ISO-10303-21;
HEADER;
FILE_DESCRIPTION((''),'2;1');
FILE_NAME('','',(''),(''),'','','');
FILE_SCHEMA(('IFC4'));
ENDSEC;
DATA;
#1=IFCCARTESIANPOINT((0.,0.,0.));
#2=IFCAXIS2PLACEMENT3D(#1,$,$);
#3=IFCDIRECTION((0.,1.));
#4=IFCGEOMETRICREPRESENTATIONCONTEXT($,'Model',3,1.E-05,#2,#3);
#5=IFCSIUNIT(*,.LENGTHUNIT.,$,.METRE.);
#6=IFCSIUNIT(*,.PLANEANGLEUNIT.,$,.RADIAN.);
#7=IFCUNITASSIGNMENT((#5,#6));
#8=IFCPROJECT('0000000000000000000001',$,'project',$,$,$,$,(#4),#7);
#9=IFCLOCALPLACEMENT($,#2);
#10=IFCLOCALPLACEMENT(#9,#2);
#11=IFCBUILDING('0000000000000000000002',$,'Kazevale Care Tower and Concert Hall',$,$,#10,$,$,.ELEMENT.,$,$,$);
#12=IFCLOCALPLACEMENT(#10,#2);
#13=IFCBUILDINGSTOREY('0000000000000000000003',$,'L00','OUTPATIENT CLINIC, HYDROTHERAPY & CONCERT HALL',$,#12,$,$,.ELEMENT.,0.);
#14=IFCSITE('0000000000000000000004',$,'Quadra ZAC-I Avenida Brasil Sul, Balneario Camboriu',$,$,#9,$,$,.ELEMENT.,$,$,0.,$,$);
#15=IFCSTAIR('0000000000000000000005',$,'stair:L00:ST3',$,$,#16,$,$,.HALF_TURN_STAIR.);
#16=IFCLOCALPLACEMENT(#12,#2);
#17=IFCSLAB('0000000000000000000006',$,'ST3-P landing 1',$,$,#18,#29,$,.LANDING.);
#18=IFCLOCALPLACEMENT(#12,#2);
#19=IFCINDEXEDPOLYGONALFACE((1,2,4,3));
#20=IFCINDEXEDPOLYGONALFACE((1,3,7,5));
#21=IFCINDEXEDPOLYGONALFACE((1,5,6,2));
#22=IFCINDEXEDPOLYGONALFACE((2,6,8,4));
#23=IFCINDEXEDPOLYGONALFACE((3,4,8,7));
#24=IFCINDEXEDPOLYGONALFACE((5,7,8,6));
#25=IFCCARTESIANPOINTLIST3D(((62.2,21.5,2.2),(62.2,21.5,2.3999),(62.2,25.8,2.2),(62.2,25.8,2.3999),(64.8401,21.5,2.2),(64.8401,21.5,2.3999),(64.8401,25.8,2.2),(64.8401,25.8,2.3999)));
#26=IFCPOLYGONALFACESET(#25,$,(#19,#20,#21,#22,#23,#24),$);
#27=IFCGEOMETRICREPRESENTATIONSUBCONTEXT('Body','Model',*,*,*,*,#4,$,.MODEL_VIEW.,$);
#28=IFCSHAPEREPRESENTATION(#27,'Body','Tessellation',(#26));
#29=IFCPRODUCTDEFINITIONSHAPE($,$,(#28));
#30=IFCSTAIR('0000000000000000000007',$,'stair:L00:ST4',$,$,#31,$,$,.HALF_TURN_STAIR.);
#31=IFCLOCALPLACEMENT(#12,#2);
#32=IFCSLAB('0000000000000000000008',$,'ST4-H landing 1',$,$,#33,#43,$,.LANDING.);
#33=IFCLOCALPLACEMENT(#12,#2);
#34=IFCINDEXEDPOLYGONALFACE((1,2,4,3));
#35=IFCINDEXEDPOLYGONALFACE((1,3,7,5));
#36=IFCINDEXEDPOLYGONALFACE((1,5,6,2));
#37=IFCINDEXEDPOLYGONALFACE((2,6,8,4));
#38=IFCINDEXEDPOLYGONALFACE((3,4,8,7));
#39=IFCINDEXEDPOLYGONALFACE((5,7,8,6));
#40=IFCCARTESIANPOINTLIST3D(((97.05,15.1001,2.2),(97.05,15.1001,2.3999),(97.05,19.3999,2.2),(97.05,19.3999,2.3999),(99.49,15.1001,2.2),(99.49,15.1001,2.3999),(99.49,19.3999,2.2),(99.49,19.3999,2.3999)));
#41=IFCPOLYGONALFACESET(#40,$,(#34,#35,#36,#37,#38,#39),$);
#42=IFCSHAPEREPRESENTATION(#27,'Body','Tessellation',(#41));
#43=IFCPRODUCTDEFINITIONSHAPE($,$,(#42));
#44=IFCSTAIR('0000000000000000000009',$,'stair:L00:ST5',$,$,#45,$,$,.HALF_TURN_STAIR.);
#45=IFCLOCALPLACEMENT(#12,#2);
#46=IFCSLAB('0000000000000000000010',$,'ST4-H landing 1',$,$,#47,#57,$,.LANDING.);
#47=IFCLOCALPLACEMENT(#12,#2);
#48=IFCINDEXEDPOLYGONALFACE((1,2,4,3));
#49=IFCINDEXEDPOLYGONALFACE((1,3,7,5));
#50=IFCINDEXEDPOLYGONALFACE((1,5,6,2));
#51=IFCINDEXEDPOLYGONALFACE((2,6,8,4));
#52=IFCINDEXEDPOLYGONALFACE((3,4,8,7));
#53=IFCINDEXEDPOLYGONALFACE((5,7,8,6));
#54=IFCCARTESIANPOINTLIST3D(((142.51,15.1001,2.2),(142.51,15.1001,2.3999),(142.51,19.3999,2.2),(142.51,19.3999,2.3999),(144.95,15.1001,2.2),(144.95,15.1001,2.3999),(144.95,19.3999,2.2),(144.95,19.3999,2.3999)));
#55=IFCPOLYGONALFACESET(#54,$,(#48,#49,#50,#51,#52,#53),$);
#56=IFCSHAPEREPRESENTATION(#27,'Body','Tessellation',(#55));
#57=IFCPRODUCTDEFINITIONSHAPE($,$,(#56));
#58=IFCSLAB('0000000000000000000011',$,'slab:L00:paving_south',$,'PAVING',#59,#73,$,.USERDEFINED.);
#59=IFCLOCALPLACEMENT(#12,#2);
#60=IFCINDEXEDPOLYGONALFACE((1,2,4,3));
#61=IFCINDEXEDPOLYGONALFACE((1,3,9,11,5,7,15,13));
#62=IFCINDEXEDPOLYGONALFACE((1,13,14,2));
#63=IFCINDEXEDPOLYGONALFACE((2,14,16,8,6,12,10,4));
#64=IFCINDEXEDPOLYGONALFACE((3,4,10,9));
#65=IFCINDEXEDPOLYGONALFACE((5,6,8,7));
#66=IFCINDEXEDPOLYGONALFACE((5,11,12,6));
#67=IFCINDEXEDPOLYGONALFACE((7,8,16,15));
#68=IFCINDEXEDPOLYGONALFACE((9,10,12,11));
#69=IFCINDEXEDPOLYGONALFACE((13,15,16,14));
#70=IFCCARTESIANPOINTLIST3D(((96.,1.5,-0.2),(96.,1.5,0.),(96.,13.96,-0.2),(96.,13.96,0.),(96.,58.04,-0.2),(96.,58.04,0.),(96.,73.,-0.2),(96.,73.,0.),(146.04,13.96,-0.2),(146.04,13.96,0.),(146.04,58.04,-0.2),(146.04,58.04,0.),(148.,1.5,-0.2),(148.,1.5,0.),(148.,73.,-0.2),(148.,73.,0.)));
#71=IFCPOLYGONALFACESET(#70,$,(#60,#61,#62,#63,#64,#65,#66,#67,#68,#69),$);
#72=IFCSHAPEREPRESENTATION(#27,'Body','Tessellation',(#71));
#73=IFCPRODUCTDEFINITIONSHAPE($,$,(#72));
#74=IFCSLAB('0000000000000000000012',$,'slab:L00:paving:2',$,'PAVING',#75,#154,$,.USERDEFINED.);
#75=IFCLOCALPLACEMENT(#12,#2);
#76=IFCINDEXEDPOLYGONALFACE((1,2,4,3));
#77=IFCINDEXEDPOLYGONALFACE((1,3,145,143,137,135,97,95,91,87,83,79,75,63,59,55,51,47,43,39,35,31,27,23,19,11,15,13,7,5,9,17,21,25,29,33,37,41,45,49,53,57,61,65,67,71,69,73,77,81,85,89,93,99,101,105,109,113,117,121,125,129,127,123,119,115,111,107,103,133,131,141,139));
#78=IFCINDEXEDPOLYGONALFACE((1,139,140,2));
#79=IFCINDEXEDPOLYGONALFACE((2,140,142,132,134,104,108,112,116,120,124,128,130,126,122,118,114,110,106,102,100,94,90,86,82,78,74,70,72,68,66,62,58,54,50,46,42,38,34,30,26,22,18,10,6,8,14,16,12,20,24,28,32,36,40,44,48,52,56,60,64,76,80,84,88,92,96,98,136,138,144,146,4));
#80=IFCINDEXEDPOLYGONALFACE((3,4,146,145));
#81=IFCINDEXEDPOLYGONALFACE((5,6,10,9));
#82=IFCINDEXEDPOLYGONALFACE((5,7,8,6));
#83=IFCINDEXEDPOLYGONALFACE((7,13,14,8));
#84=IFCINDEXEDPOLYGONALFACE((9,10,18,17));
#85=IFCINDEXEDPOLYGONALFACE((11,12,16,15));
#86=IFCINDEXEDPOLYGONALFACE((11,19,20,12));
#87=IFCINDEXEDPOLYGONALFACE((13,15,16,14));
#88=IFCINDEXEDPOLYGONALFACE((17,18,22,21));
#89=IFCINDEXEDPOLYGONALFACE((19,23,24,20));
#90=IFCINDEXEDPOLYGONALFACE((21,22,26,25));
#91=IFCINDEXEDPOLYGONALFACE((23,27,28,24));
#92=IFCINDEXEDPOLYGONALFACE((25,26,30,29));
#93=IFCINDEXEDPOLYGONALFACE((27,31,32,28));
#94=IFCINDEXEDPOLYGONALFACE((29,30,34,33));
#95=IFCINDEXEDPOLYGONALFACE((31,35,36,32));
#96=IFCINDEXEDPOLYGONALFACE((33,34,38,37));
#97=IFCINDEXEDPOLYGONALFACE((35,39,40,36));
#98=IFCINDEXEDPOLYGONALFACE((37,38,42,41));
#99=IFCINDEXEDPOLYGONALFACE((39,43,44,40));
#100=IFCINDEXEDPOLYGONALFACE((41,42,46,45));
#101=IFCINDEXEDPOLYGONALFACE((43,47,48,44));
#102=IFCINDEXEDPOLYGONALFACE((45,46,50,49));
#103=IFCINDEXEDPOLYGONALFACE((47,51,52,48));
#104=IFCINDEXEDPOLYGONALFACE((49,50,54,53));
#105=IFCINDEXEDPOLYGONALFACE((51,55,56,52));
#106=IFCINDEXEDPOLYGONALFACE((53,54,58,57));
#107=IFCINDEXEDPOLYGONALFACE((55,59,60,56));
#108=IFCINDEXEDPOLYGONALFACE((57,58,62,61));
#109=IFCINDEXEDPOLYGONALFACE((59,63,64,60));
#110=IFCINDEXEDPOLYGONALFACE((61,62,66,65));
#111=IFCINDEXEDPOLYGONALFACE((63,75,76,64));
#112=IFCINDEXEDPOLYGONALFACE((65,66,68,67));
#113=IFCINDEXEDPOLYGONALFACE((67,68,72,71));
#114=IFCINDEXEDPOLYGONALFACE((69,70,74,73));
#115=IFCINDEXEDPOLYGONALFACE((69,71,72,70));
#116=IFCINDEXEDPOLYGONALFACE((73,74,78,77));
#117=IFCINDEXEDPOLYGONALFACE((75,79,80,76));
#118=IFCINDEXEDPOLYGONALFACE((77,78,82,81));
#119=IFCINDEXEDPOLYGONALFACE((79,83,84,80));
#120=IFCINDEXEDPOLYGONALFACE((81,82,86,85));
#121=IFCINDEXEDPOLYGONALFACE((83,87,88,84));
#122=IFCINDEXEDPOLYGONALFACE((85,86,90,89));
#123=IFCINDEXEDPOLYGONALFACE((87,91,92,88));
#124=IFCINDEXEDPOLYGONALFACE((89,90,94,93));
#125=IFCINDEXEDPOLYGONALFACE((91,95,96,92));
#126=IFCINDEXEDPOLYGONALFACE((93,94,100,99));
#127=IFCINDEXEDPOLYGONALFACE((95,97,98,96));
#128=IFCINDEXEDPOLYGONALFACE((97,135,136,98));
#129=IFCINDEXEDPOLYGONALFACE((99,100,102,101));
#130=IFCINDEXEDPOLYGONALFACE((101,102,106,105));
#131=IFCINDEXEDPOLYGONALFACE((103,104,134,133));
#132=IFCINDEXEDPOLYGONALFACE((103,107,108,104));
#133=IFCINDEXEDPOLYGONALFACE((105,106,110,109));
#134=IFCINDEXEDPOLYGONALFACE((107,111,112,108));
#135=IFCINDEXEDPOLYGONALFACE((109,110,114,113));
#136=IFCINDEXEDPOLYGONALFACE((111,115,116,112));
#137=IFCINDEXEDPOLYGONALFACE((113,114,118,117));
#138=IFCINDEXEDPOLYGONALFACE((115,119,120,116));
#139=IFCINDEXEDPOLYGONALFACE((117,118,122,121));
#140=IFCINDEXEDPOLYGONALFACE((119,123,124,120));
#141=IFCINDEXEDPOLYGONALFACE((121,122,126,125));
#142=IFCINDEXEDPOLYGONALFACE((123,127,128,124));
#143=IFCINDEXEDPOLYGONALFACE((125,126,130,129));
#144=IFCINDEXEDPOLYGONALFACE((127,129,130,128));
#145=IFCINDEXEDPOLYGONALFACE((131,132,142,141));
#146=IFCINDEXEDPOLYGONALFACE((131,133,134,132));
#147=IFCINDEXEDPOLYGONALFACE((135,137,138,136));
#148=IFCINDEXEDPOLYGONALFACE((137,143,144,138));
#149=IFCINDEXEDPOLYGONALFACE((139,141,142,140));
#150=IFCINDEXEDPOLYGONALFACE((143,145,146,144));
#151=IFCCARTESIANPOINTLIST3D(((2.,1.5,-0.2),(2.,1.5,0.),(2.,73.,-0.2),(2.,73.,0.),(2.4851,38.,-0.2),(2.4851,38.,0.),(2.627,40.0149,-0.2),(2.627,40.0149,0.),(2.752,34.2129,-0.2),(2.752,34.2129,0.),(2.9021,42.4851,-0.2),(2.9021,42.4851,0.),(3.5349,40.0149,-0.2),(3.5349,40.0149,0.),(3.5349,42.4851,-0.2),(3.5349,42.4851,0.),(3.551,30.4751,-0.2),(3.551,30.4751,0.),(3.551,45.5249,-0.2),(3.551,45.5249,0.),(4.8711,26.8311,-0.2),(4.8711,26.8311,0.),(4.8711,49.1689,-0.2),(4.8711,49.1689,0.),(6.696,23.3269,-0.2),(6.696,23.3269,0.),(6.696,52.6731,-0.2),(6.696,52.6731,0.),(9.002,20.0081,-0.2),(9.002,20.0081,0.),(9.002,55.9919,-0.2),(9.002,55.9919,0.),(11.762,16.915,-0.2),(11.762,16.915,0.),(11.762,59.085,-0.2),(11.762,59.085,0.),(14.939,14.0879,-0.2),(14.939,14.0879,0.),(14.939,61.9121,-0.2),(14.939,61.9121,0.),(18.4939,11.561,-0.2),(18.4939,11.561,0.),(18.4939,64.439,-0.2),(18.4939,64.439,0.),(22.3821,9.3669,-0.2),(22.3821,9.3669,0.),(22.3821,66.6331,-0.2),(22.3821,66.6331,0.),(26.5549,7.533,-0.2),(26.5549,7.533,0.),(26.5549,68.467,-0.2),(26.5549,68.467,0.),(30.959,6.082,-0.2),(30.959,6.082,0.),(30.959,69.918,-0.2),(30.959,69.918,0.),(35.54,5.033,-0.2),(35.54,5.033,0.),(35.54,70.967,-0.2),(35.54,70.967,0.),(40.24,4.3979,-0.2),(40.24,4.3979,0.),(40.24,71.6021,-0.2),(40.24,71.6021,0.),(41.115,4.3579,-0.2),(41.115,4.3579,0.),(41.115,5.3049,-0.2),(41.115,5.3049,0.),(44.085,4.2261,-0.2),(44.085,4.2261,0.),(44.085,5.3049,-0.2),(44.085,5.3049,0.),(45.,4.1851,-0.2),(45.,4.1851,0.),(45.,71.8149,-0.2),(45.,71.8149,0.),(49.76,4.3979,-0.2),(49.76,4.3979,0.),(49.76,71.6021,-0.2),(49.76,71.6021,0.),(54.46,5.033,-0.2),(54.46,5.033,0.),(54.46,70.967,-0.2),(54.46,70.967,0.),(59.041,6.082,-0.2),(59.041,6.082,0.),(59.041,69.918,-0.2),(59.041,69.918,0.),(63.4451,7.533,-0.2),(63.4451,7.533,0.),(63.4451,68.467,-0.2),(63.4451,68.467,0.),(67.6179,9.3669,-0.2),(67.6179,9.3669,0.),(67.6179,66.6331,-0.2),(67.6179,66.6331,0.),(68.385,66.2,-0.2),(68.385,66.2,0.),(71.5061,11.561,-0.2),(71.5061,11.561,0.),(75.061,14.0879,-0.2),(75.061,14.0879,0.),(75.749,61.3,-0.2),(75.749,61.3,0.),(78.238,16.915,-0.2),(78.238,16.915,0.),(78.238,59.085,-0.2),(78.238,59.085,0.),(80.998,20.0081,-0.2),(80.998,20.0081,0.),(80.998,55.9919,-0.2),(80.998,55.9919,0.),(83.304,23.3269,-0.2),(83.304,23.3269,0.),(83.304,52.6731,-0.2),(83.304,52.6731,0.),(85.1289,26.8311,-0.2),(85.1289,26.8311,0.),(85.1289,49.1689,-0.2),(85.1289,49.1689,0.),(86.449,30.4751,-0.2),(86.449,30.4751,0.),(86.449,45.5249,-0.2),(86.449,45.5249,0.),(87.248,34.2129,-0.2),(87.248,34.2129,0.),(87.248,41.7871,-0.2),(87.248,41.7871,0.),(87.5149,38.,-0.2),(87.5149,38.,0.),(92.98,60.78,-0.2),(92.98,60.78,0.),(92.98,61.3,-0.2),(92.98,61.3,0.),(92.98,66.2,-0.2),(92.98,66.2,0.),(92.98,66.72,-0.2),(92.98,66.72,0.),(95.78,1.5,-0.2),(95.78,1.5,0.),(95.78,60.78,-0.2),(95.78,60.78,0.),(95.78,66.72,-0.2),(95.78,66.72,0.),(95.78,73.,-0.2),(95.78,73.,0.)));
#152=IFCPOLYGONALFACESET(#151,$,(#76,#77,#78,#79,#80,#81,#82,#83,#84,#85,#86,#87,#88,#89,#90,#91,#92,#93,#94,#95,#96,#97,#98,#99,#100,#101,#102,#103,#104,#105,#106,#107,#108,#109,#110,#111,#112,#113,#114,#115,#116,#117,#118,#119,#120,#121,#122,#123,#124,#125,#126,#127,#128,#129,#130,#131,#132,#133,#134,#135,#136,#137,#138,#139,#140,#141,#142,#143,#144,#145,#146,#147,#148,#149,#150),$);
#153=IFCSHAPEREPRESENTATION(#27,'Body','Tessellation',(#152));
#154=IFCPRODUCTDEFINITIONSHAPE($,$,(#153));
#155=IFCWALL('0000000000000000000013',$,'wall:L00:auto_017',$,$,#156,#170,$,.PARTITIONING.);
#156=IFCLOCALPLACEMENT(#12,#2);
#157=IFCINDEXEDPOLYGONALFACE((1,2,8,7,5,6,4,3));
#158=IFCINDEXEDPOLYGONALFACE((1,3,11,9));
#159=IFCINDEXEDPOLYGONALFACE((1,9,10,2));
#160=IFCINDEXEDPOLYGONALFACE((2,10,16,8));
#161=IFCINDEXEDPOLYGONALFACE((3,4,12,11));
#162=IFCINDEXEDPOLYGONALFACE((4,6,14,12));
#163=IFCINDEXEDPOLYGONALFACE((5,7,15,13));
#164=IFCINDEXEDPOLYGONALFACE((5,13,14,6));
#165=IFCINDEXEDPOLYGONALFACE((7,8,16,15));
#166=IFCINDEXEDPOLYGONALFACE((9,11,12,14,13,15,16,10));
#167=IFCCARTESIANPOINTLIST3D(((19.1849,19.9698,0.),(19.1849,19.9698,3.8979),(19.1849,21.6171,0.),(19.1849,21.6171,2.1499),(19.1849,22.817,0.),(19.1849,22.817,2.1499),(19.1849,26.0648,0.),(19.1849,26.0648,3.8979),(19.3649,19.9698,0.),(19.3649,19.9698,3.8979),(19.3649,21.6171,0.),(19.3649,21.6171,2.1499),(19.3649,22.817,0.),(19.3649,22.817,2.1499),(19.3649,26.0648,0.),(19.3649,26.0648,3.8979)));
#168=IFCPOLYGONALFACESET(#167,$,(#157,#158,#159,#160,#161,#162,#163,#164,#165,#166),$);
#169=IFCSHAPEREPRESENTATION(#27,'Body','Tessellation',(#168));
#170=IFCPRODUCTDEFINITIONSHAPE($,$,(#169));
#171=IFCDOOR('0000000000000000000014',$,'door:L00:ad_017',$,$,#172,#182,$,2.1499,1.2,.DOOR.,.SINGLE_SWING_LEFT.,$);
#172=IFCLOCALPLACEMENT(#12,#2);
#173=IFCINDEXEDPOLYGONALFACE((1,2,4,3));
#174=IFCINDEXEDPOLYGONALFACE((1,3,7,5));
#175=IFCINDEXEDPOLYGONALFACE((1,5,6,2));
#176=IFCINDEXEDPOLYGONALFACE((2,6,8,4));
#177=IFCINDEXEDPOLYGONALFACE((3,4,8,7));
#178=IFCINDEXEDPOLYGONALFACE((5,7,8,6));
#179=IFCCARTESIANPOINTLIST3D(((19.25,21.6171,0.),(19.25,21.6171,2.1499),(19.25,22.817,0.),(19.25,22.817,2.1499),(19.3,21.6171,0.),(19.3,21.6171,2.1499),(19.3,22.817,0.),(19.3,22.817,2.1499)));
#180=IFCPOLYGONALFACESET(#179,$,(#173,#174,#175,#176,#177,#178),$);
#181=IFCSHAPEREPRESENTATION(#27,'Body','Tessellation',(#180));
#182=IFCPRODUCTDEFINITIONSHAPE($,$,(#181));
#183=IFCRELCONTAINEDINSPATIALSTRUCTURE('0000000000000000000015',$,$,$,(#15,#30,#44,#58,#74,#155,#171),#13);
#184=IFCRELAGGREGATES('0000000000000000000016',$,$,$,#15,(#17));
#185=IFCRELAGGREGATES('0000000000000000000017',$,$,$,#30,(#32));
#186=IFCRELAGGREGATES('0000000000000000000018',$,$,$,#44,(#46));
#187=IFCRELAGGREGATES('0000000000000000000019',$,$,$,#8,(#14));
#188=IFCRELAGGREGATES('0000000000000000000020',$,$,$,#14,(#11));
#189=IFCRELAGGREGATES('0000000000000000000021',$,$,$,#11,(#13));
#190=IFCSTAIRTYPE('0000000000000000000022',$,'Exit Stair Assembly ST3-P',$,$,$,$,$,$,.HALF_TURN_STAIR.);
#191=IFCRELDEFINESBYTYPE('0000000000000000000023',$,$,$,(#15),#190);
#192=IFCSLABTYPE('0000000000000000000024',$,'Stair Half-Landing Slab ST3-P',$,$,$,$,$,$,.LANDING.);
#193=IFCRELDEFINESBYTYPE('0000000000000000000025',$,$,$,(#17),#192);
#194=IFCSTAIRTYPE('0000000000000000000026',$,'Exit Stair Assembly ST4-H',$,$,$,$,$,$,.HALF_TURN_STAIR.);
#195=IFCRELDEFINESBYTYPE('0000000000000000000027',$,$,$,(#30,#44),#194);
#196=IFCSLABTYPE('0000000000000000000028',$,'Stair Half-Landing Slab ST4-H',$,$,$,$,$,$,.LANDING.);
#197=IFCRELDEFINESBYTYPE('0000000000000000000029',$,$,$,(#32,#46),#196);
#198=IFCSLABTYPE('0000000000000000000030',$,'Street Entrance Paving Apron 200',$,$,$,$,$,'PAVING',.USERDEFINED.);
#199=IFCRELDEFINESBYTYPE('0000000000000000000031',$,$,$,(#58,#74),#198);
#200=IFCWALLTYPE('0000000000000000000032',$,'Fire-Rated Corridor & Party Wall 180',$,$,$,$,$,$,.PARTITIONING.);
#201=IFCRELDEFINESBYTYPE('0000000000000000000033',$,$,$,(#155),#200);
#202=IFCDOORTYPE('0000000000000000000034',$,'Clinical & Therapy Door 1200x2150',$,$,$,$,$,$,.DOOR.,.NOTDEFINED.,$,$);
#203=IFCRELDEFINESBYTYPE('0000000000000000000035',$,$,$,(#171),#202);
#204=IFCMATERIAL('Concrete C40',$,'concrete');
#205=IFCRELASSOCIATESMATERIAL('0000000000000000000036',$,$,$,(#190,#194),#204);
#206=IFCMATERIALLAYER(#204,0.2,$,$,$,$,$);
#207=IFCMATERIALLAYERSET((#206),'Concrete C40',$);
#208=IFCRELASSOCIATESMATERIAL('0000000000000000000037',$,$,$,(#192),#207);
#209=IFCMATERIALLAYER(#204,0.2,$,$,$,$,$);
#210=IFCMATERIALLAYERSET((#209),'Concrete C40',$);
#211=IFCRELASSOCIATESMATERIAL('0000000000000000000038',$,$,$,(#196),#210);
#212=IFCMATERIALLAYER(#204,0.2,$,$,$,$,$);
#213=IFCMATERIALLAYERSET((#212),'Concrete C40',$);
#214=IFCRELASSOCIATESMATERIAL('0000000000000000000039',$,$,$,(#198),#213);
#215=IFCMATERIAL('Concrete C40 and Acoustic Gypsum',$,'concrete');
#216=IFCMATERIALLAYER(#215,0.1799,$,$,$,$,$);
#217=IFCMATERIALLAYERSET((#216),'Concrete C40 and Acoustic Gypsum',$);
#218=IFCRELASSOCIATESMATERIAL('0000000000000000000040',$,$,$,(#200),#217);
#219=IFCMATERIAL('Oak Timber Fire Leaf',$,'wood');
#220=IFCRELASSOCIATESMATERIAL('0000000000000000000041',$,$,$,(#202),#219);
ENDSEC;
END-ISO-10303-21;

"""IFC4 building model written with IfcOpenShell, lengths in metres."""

from ifc_helpers import new_model, si_unit, direction, frame, frame_2d, origin, place, context, subcontext, project, spatial, polyline, rectangle, outline, extrude, material, layer, layer_set, type_object, element, fill, aggregate, save


model = new_model("IFC4")

# Units and contexts
model_context = context("Model", 3, precision=1e-05, world=origin(), true_north=direction((0.0, 1.0)))
body_context = subcontext(model_context, "Body", "Model", "MODEL_VIEW")
ifc_project = project(units=[si_unit("LENGTHUNIT", "METRE"), si_unit("PLANEANGLEUNIT", "RADIAN")], contexts=[model_context])

# Site, building, storey
site_placement = place(None, origin())
site = spatial("IfcSite", under=ifc_project, at=site_placement, Name="Quadra ZAC-I Avenida Brasil Sul, Balneario Camboriu", CompositionType="ELEMENT", RefElevation=0.0)
building_placement = place(site_placement, origin())
building = spatial("IfcBuilding", under=site, at=building_placement, Name="Kazevale Care Tower and Concert Hall", CompositionType="ELEMENT")
storey_placement = place(building_placement, origin())
storey = spatial("IfcBuildingStorey", under=building, at=storey_placement, Name="L00", Description="OUTPATIENT CLINIC, HYDROTHERAPY & CONCERT HALL", CompositionType="ELEMENT", Elevation=0.0)

# Shared definitions
ifc_material_1 = material(Name="Concrete C40", Category="concrete")

# Stairs, slabs
stair_type_1 = type_object("IfcStairType", Name="Exit Stair Assembly ST3-P", PredefinedType="HALF_TURN_STAIR", material=ifc_material_1)
stair_1_placement = place(storey_placement, origin())
stair_1 = element("IfcStair", 1, at=stair_1_placement, inside=storey, type_object=stair_type_1, Name="stair:L00:ST3", PredefinedType="HALF_TURN_STAIR")
ifc_layer_1 = layer(ifc_material_1, 0.2)
ifc_layer_set_1 = layer_set([ifc_layer_1], Name="Concrete C40")
slab_type_1 = type_object("IfcSlabType", Name="Stair Half-Landing Slab ST3-P", PredefinedType="LANDING", material=ifc_layer_set_1)
slab_1_placement = place(storey_placement, frame((0.0, 0.0, 2.2)))
slab_1 = element("IfcSlab", 2, at=slab_1_placement, type_object=slab_type_1, Name="ST3-P landing 1", PredefinedType="LANDING", context=body_context, shape_type="SweptSolid", body=[
    extrude(outline(polyline([(62.2, 21.5), (64.8401, 21.5), (64.8401, 25.8), (62.2, 25.8), (62.2, 21.5)])), origin(), (0.0, 0.0, 1.0), 0.2),
])
aggregate(stair_1, [slab_1])
stair_type_2 = type_object("IfcStairType", Name="Exit Stair Assembly ST4-H", PredefinedType="HALF_TURN_STAIR", material=ifc_material_1)
stair_2_placement = place(storey_placement, origin())
stair_2 = element("IfcStair", 3, at=stair_2_placement, inside=storey, type_object=stair_type_2, Name="stair:L00:ST4", PredefinedType="HALF_TURN_STAIR")
ifc_layer_2 = layer(ifc_material_1, 0.2)
ifc_layer_set_2 = layer_set([ifc_layer_2], Name="Concrete C40")
slab_type_2 = type_object("IfcSlabType", Name="Stair Half-Landing Slab ST4-H", PredefinedType="LANDING", material=ifc_layer_set_2)
slab_2_placement = place(storey_placement, frame((0.0, 0.0, 2.2)))
slab_2 = element("IfcSlab", 4, at=slab_2_placement, type_object=slab_type_2, Name="ST4-H landing 1", PredefinedType="LANDING", context=body_context, shape_type="SweptSolid", body=[
    extrude(outline(polyline([(97.05, 15.1001), (99.49, 15.1001), (99.49, 19.3999), (97.05, 19.3999), (97.05, 15.1001)])), origin(), (0.0, 0.0, 1.0), 0.2),
])
aggregate(stair_2, [slab_2])
stair_3_placement = place(storey_placement, origin())
stair_3 = element("IfcStair", 5, at=stair_3_placement, inside=storey, type_object=stair_type_2, Name="stair:L00:ST5", PredefinedType="HALF_TURN_STAIR")
slab_3_placement = place(storey_placement, frame((0.0, 0.0, 2.2)))
slab_3 = element("IfcSlab", 6, at=slab_3_placement, type_object=slab_type_2, Name="ST4-H landing 1", PredefinedType="LANDING", context=body_context, shape_type="SweptSolid", body=[
    extrude(outline(polyline([(142.51, 15.1001), (144.95, 15.1001), (144.95, 19.3999), (142.51, 19.3999), (142.51, 15.1001)])), origin(), (0.0, 0.0, 1.0), 0.2),
])
aggregate(stair_3, [slab_3])

# Slabs
ifc_layer_3 = layer(ifc_material_1, 0.2)
ifc_layer_set_3 = layer_set([ifc_layer_3], Name="Concrete C40")
slab_type_3 = type_object("IfcSlabType", Name="Street Entrance Paving Apron 200", ElementType="PAVING", PredefinedType="USERDEFINED", material=ifc_layer_set_3)
slab_4_placement = place(storey_placement, frame((0.0, 0.0, -0.2)))
element("IfcSlab", 7, at=slab_4_placement, inside=storey, type_object=slab_type_3, Name="slab:L00:paving_south", ObjectType="PAVING", PredefinedType="USERDEFINED", context=body_context, shape_type="SweptSolid", body=[
    extrude(outline(polyline([(148.0, 73.0), (148.0, 1.5), (96.0, 1.5), (96.0, 13.96), (146.04, 13.96), (146.04, 58.04), (96.0, 58.04), (96.0, 73.0), (148.0, 73.0)])), origin(), (0.0, 0.0, 1.0), 0.2),
])
slab_5_placement = place(storey_placement, frame((0.0, 0.0, -0.2)))
element("IfcSlab", 8, at=slab_5_placement, inside=storey, type_object=slab_type_3, Name="slab:L00:paving:2", ObjectType="PAVING", PredefinedType="USERDEFINED", context=body_context, shape_type="SweptSolid", body=[
    extrude(outline(polyline([(2.0, 1.5), (2.0, 73.0), (95.78, 73.0), (95.78, 66.72), (92.98, 66.72), (92.98, 66.2), (68.385, 66.2), (67.6179, 66.6331), (63.4451, 68.467), (59.041, 69.918), (54.46, 70.967), (49.76, 71.6021), (45.0, 71.8149), (40.24, 71.6021), (35.54, 70.967), (30.959, 69.918), (26.5549, 68.467), (22.3821, 66.6331), (18.4939, 64.439), (14.939, 61.9121), (11.762, 59.085), (9.002, 55.9919), (6.696, 52.6731), (4.8711, 49.1689), (3.551, 45.5249), (2.9021, 42.4851), (3.5349, 42.4851), (3.5349, 40.0149), (2.627, 40.0149), (2.4851, 38.0), (2.752, 34.2129), (3.551, 30.4751), (4.8711, 26.8311), (6.696, 23.3269), (9.002, 20.0081), (11.762, 16.915), (14.939, 14.0879), (18.4939, 11.561), (22.3821, 9.3669), (26.5549, 7.533), (30.959, 6.082), (35.54, 5.033), (40.24, 4.3979), (41.115, 4.3579), (41.115, 5.3049), (44.085, 5.3049), (44.085, 4.2261), (45.0, 4.1851), (49.76, 4.3979), (54.46, 5.033), (59.041, 6.082), (63.4451, 7.533), (67.6179, 9.3669), (71.5061, 11.561), (75.061, 14.0879), (78.238, 16.915), (80.998, 20.0081), (83.304, 23.3269), (85.1289, 26.8311), (86.449, 30.4751), (87.248, 34.2129), (87.5149, 38.0), (87.248, 41.7871), (86.449, 45.5249), (85.1289, 49.1689), (83.304, 52.6731), (80.998, 55.9919), (78.238, 59.085), (75.749, 61.3), (92.98, 61.3), (92.98, 60.78), (95.78, 60.78), (95.78, 1.5), (2.0, 1.5)])), origin(), (0.0, 0.0, 1.0), 0.2),
])

# Wall, opening, door
ifc_material_2 = material(Name="Concrete C40 and Acoustic Gypsum", Category="concrete")
ifc_layer_4 = layer(ifc_material_2, 0.1799)
ifc_layer_set_4 = layer_set([ifc_layer_4], Name="Concrete C40 and Acoustic Gypsum")
wall_type = type_object("IfcWallType", Name="Fire-Rated Corridor & Party Wall 180", PredefinedType="PARTITIONING", material=ifc_layer_set_4)
wall_1_placement = place(storey_placement, frame((19.2749, 19.97, 0.0), z_axis=(0.0, 0.0, 1.0), x_axis=(0.0, 1.0, 0.0)))
wall_1 = element("IfcWall", 9, at=wall_1_placement, inside=storey, type_object=wall_type, Name="wall:L00:auto_017", PredefinedType="PARTITIONING", context=body_context, shape_type="SweptSolid", body=[
    extrude(rectangle(XDim=6.095, YDim=0.1799, at=frame_2d((3.0474, 0.0))), origin(), (0.0, 0.0, 1.0), 3.8979),
])
opening_placement = place(wall_1_placement, frame((1.647, 0.0, 0.0)))
opening = element("IfcOpeningElement", 10, at=opening_placement, cuts=wall_1, PredefinedType="OPENING", context=body_context, shape_type="SweptSolid", body=[
    extrude(rectangle(XDim=1.2, YDim=2.1499, at=frame_2d((0.6001, 1.075))), frame((0.0, 0.0999, 0.0), z_axis=(0.0, -1.0, 0.0), x_axis=(1.0, 0.0, 0.0)), (0.0, 0.0, 1.0), 0.2),
])
ifc_material_3 = material(Name="Oak Timber Fire Leaf", Category="wood")
door_type = type_object("IfcDoorType", Name="Clinical & Therapy Door 1200x2150", OperationType="NOTDEFINED", PredefinedType="DOOR", material=ifc_material_3)
door_placement = place(opening_placement, origin())
door = element("IfcDoor", 11, at=door_placement, inside=storey, type_object=door_type, Name="door:L00:ad_017", OperationType="SINGLE_SWING_LEFT", OverallHeight=2.1499, OverallWidth=1.2, PredefinedType="DOOR", context=body_context, shape_type="SweptSolid", body=[
    extrude(rectangle(XDim=1.2, YDim=2.1499, at=frame_2d((0.6001, 1.075))), frame((0.0, 0.0249, 0.0), z_axis=(0.0, -1.0, 0.0), x_axis=(1.0, 0.0, 0.0)), (0.0, 0.0, 1.0), 0.05),
])
fill(opening, door)

save(model, "model.ifc")
